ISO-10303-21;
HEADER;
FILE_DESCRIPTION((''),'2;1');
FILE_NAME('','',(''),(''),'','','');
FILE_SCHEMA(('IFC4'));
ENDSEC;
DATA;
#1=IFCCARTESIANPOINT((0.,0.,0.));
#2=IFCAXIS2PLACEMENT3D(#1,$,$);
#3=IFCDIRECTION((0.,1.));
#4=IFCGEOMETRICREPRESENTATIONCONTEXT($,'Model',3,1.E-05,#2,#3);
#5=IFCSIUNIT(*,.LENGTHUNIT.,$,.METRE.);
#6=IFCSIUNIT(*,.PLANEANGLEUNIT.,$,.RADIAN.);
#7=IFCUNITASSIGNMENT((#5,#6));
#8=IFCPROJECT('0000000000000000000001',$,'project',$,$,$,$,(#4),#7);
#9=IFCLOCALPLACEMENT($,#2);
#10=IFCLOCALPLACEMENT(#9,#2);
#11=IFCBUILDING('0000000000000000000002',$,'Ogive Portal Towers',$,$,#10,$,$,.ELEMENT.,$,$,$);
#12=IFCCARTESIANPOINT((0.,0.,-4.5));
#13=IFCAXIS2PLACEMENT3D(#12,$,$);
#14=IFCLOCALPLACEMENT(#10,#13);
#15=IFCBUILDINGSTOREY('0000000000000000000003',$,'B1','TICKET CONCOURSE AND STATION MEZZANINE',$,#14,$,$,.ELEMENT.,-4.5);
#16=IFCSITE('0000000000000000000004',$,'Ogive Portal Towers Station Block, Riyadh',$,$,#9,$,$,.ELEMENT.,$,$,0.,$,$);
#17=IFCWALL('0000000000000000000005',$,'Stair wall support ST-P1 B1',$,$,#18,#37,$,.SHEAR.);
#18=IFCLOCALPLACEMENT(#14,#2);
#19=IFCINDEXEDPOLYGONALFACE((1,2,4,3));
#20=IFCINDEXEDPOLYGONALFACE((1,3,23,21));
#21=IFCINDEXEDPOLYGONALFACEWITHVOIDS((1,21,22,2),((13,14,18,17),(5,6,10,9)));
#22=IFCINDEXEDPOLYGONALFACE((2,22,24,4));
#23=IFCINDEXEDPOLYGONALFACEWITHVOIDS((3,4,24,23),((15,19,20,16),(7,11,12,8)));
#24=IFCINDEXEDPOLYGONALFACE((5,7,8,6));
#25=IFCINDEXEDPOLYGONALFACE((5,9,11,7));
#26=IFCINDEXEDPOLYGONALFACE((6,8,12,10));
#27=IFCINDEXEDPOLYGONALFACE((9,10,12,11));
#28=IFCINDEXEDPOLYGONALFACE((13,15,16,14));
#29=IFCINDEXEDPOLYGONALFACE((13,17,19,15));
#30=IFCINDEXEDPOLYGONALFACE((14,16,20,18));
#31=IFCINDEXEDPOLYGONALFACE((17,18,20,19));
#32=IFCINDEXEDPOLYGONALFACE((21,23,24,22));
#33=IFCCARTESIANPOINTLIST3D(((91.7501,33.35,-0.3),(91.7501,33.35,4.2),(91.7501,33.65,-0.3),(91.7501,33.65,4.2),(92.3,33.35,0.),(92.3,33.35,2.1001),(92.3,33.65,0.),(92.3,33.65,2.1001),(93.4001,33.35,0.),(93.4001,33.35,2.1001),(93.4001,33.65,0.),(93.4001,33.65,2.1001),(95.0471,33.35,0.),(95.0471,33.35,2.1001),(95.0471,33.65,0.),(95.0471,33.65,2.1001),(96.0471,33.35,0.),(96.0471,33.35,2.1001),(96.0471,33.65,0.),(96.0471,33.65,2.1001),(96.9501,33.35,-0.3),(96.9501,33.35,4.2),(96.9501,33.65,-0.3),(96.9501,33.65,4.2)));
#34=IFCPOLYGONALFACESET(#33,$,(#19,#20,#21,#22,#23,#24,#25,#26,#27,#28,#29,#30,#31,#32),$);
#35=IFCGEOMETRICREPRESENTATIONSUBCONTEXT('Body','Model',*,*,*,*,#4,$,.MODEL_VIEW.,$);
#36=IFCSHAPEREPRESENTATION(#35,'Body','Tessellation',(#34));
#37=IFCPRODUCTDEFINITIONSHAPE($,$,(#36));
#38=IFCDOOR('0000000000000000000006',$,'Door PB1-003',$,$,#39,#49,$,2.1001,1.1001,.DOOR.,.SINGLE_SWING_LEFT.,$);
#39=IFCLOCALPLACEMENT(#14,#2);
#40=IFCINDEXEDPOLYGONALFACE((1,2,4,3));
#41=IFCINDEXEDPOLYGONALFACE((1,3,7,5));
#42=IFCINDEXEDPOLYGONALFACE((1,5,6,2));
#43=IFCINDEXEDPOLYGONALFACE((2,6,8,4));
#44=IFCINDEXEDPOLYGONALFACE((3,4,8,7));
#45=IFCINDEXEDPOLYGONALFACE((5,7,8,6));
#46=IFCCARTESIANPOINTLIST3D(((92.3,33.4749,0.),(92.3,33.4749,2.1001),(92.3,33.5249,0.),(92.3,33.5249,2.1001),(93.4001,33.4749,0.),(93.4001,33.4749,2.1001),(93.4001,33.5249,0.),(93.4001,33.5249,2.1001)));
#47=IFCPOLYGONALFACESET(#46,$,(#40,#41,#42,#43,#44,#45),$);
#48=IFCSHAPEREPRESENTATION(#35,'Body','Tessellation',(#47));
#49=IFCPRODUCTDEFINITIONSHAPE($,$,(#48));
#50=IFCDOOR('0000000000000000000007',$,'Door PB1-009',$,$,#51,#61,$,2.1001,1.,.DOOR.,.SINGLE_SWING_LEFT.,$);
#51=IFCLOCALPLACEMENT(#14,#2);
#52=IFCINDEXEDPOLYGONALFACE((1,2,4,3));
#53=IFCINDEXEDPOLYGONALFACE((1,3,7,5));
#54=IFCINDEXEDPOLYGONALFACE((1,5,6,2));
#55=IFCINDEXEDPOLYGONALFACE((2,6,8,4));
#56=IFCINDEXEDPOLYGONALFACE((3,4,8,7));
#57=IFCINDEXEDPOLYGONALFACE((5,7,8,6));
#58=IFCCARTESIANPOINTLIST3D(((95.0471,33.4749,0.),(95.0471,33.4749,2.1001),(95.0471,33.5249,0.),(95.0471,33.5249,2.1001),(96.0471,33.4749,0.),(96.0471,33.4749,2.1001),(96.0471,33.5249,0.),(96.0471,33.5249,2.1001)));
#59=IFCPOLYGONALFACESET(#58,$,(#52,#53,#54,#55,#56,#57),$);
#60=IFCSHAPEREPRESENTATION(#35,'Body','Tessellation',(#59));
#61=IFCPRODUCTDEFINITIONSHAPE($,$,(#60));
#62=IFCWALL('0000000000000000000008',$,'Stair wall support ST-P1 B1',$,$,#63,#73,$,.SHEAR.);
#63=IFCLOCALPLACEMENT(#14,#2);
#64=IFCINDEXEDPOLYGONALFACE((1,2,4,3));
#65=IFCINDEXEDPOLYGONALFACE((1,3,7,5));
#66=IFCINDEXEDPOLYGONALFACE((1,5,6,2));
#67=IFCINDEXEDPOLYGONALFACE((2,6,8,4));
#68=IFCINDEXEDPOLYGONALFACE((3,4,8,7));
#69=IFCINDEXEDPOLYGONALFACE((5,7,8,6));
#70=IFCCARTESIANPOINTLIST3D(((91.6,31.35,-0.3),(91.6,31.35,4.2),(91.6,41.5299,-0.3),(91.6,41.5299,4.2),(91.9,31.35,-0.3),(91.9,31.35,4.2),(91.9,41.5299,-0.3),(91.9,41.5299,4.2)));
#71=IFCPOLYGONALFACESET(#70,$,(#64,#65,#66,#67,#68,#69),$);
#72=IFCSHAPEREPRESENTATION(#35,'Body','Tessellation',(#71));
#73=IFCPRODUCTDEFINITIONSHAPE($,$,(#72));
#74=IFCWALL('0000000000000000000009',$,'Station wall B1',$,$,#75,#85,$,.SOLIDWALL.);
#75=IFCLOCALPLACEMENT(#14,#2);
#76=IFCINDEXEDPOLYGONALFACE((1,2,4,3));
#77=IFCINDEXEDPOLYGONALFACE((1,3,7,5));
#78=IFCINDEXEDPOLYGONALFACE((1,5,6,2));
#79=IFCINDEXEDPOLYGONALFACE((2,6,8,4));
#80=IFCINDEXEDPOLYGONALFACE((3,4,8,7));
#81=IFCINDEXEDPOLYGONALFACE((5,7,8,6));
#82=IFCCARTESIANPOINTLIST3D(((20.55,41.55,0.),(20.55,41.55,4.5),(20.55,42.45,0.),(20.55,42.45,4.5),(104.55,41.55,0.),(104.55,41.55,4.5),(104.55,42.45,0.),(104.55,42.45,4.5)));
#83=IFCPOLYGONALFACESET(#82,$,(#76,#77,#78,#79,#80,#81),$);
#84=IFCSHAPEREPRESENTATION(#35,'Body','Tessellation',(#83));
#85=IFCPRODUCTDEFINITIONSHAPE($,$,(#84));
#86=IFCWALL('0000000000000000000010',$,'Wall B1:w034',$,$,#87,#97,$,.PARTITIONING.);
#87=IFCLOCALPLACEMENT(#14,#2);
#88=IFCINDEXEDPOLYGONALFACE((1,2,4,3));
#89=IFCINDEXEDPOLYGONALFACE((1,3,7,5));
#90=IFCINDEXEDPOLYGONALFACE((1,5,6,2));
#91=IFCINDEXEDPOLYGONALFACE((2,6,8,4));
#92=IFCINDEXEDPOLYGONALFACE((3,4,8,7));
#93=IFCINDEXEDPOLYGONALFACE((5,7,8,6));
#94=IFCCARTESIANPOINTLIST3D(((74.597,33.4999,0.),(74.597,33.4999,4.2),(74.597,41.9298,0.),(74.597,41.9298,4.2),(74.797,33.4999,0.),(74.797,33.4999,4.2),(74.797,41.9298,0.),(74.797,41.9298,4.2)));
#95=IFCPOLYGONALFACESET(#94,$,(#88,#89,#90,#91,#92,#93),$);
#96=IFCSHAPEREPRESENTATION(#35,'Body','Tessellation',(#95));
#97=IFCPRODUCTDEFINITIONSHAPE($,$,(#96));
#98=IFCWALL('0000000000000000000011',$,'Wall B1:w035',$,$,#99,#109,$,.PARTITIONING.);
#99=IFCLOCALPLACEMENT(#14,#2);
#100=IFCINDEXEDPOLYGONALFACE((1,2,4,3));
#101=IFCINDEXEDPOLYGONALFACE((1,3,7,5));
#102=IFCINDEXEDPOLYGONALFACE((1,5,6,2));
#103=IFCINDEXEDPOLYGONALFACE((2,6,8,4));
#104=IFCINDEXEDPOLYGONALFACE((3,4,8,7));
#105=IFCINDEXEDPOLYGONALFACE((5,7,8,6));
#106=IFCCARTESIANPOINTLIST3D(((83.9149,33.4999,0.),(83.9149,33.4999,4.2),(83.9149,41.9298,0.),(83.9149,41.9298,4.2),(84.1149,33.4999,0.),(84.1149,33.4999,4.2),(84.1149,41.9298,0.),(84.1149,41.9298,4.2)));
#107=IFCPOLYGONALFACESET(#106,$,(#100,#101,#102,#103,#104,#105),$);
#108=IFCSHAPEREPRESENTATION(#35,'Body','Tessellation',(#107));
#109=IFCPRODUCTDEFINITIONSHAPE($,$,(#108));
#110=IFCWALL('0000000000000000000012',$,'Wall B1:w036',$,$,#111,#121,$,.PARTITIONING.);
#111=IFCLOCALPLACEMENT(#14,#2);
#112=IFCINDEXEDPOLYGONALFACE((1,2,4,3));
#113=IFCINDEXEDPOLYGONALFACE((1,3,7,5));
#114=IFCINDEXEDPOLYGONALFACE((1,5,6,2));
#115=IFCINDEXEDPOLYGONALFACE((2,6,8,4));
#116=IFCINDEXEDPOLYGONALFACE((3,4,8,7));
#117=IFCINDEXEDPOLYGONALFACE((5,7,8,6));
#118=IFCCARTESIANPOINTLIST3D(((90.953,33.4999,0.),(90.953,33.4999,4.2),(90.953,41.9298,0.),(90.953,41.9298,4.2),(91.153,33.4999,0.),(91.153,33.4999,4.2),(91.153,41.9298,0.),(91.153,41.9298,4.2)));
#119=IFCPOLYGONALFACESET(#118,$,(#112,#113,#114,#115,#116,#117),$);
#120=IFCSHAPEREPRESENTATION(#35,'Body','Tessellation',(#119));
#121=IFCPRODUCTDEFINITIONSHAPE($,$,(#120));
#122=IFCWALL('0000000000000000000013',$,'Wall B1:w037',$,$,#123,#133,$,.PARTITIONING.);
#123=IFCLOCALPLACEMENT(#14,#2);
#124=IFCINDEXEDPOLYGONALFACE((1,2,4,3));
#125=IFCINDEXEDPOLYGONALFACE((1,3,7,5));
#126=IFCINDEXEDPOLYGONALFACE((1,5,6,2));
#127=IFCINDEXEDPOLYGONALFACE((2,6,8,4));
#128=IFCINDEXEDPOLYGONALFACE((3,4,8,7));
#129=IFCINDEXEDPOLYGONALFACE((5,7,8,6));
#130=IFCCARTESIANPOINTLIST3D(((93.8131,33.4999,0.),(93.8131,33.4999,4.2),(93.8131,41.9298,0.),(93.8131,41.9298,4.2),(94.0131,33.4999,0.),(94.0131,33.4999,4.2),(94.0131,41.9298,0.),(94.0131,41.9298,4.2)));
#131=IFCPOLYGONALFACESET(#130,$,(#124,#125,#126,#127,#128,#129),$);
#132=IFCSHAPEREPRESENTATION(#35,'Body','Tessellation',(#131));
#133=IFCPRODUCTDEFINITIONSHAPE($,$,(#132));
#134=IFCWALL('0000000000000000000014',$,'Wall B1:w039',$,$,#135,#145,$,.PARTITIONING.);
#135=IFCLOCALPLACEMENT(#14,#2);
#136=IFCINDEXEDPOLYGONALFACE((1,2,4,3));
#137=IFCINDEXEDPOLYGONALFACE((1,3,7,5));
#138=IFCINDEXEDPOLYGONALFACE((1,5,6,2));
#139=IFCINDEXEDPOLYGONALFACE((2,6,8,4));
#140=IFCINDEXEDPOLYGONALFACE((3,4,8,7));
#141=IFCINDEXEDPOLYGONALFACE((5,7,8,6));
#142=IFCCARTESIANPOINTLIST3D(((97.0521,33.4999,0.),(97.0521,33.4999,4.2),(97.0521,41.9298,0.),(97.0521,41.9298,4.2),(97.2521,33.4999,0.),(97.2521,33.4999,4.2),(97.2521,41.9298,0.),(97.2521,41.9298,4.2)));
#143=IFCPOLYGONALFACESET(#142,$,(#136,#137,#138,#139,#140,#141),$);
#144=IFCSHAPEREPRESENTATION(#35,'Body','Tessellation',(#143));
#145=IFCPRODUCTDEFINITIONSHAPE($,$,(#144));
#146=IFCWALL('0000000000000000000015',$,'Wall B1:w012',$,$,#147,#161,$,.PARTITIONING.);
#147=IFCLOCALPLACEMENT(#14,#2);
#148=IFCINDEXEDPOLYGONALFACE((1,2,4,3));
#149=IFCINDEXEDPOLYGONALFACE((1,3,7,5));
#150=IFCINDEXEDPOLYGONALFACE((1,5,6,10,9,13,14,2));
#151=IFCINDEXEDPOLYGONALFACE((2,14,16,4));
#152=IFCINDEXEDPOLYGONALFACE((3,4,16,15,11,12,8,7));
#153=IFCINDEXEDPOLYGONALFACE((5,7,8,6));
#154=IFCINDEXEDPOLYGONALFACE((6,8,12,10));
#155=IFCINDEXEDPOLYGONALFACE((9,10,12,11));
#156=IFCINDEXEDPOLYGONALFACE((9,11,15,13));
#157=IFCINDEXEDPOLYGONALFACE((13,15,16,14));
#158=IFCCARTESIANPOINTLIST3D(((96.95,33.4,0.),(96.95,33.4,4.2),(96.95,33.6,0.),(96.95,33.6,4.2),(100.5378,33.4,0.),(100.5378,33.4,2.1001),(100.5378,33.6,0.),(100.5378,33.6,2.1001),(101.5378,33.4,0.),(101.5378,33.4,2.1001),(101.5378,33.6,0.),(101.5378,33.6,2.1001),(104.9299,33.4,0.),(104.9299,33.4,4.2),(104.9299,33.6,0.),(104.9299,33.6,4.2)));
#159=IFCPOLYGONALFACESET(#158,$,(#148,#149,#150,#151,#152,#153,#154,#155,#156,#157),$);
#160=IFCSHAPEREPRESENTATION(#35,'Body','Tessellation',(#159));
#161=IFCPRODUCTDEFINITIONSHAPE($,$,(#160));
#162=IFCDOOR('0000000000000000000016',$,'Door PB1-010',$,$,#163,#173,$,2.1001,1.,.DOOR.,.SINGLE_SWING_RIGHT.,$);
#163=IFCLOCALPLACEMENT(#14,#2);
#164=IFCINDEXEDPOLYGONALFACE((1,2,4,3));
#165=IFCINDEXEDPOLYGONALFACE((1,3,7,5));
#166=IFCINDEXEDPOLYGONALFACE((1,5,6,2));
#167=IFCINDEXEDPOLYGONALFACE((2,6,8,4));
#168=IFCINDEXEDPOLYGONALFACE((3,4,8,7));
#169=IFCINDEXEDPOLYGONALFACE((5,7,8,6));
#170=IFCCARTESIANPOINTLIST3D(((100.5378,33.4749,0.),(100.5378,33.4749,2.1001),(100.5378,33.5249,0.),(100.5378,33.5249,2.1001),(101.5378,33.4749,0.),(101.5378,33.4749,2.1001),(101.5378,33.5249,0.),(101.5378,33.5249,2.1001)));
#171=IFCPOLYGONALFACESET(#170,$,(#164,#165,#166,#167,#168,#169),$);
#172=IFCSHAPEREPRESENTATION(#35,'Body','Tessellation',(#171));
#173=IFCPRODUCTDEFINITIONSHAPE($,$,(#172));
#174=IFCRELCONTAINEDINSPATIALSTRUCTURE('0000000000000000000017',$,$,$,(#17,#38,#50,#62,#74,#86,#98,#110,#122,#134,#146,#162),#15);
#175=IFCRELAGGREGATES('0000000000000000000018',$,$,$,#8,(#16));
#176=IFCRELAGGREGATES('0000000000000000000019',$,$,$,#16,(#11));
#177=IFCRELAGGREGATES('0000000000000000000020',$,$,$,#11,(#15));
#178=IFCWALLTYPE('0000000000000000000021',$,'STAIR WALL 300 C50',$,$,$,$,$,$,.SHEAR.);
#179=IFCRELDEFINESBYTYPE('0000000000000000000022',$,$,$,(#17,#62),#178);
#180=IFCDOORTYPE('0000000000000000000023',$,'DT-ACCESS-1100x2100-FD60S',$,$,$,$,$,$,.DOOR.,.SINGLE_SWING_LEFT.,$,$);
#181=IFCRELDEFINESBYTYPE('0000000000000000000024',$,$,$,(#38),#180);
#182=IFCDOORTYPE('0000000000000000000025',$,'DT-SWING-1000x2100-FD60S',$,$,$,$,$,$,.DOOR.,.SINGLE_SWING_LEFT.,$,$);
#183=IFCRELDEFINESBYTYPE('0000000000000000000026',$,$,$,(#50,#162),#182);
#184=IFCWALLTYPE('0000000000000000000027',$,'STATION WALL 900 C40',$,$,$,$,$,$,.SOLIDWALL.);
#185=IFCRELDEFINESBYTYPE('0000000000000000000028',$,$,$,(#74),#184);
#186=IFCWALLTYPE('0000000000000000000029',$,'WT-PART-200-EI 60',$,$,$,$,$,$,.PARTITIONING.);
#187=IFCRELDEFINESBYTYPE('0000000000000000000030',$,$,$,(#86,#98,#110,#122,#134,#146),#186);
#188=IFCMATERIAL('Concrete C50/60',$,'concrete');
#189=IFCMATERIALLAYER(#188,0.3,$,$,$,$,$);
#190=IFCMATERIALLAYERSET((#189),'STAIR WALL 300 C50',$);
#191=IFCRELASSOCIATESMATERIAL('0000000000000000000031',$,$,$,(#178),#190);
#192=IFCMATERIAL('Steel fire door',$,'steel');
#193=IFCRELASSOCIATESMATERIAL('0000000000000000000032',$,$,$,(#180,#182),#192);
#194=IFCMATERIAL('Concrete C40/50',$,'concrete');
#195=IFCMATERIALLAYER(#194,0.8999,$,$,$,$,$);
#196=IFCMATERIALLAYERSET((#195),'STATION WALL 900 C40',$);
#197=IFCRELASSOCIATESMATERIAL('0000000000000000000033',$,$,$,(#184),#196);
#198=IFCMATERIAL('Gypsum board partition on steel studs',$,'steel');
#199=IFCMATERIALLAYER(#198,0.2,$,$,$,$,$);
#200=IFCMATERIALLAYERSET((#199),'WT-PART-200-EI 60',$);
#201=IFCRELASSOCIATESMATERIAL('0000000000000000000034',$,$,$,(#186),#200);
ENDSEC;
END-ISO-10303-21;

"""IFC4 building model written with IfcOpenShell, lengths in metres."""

from ifc_helpers import new_model, si_unit, direction, frame, frame_2d, origin, place, context, subcontext, project, spatial, rectangle, extrude, material, layer, layer_set, type_object, element, fill, save


model = new_model("IFC4")

# Units and contexts
model_context = context("Model", 3, precision=1e-05, world=origin(), true_north=direction((0.0, 1.0)))
body_context = subcontext(model_context, "Body", "Model", "MODEL_VIEW")
ifc_project = project(units=[si_unit("LENGTHUNIT", "METRE"), si_unit("PLANEANGLEUNIT", "RADIAN")], contexts=[model_context])

# Site, building, storey
site_placement = place(None, origin())
site = spatial("IfcSite", under=ifc_project, at=site_placement, Name="Ogive Portal Towers Station Block, Riyadh", CompositionType="ELEMENT", RefElevation=0.0)
building_placement = place(site_placement, origin())
building = spatial("IfcBuilding", under=site, at=building_placement, Name="Ogive Portal Towers", CompositionType="ELEMENT")
storey_placement = place(building_placement, frame((0.0, 0.0, -4.5)))
storey = spatial("IfcBuildingStorey", under=building, at=storey_placement, Name="B1", Description="TICKET CONCOURSE AND STATION MEZZANINE", CompositionType="ELEMENT", Elevation=-4.5)

# Shared definitions
ifc_material_1 = material(Name="Concrete C50/60", Category="concrete")

# Shared definitions
ifc_layer_1 = layer(ifc_material_1, 0.3)
ifc_layer_set_1 = layer_set([ifc_layer_1], Name="STAIR WALL 300 C50")
wall_type_1 = type_object("IfcWallType", Name="STAIR WALL 300 C50", PredefinedType="SHEAR", material=ifc_layer_set_1)

# Wall, openings, doors
wall_1_placement = place(storey_placement, frame((91.75, 33.5, -0.3), z_axis=(0.0, 0.0, 1.0), x_axis=(1.0, 0.0, 0.0)))
wall_1 = element("IfcWall", 1, at=wall_1_placement, inside=storey, type_object=wall_type_1, Name="Stair wall support ST-P1 B1", PredefinedType="SHEAR", context=body_context, shape_type="SweptSolid", body=[
    extrude(rectangle(XDim=5.2, YDim=0.3, at=frame_2d((2.6001, 0.0))), origin(), (0.0, 0.0, 1.0), 4.5),
])
opening_1_placement = place(wall_1_placement, frame((0.55, 0.0, 0.3)))
opening_1 = element("IfcOpeningElement", 2, at=opening_1_placement, cuts=wall_1, PredefinedType="OPENING", context=body_context, shape_type="SweptSolid", body=[
    extrude(rectangle(XDim=1.1001, YDim=2.1001, at=frame_2d((0.55, 1.05))), frame((0.0, 0.1602, 0.0), z_axis=(0.0, -1.0, 0.0), x_axis=(1.0, 0.0, 0.0)), (0.0, 0.0, 1.0), 0.3201),
])
opening_2_placement = place(wall_1_placement, frame((3.2971, 0.0, 0.3)))
opening_2 = element("IfcOpeningElement", 3, at=opening_2_placement, cuts=wall_1, PredefinedType="OPENING", context=body_context, shape_type="SweptSolid", body=[
    extrude(rectangle(XDim=1.0, YDim=2.1001, at=frame_2d((0.5, 1.05))), frame((0.0, 0.1602, 0.0), z_axis=(0.0, -1.0, 0.0), x_axis=(1.0, 0.0, 0.0)), (0.0, 0.0, 1.0), 0.3201),
])
ifc_material_2 = material(Name="Steel fire door", Category="steel")
door_type_1 = type_object("IfcDoorType", Name="DT-ACCESS-1100x2100-FD60S", OperationType="SINGLE_SWING_LEFT", PredefinedType="DOOR", material=ifc_material_2)
door_1_placement = place(opening_1_placement, origin())
door_1 = element("IfcDoor", 4, at=door_1_placement, inside=storey, type_object=door_type_1, Name="Door PB1-003", OperationType="SINGLE_SWING_LEFT", OverallHeight=2.1001, OverallWidth=1.1001, PredefinedType="DOOR", context=body_context, shape_type="SweptSolid", body=[
    extrude(rectangle(XDim=1.1001, YDim=2.1001, at=frame_2d((0.55, 1.05))), frame((0.0, 0.0249, 0.0), z_axis=(0.0, -1.0, 0.0), x_axis=(1.0, 0.0, 0.0)), (0.0, 0.0, 1.0), 0.05),
])
fill(opening_1, door_1)
door_type_2 = type_object("IfcDoorType", Name="DT-SWING-1000x2100-FD60S", OperationType="SINGLE_SWING_LEFT", PredefinedType="DOOR", material=ifc_material_2)
door_2_placement = place(opening_2_placement, origin())
door_2 = element("IfcDoor", 5, at=door_2_placement, inside=storey, type_object=door_type_2, Name="Door PB1-009", OperationType="SINGLE_SWING_LEFT", OverallHeight=2.1001, OverallWidth=1.0, PredefinedType="DOOR", context=body_context, shape_type="SweptSolid", body=[
    extrude(rectangle(XDim=1.0, YDim=2.1001, at=frame_2d((0.5, 1.05))), frame((0.0, 0.0249, 0.0), z_axis=(0.0, -1.0, 0.0), x_axis=(1.0, 0.0, 0.0)), (0.0, 0.0, 1.0), 0.05),
])
fill(opening_2, door_2)

# Walls
wall_2_placement = place(storey_placement, frame((91.75, 31.3501, -0.3), z_axis=(0.0, 0.0, 1.0), x_axis=(0.0, 1.0, 0.0)))
element("IfcWall", 6, at=wall_2_placement, inside=storey, type_object=wall_type_1, Name="Stair wall support ST-P1 B1", PredefinedType="SHEAR", context=body_context, shape_type="SweptSolid", body=[
    extrude(rectangle(XDim=10.1799, YDim=0.3, at=frame_2d((5.0898, 0.0))), origin(), (0.0, 0.0, 1.0), 4.5),
])
ifc_material_3 = material(Name="Concrete C40/50", Category="concrete")
ifc_layer_2 = layer(ifc_material_3, 0.8999)
ifc_layer_set_2 = layer_set([ifc_layer_2], Name="STATION WALL 900 C40")
wall_type_2 = type_object("IfcWallType", Name="STATION WALL 900 C40", PredefinedType="SOLIDWALL", material=ifc_layer_set_2)
wall_3_placement = place(storey_placement, frame((104.55, 42.0, 0.0), z_axis=(0.0, 0.0, 1.0), x_axis=(-1.0, 0.0, 0.0)))
element("IfcWall", 7, at=wall_3_placement, inside=storey, type_object=wall_type_2, Name="Station wall B1", PredefinedType="SOLIDWALL", context=body_context, shape_type="SweptSolid", body=[
    extrude(rectangle(XDim=84.0, YDim=0.8999, at=frame_2d((42.0, 0.0))), origin(), (0.0, 0.0, 1.0), 4.5),
])
ifc_material_4 = material(Name="Gypsum board partition on steel studs", Category="steel")
ifc_layer_3 = layer(ifc_material_4, 0.2)
ifc_layer_set_3 = layer_set([ifc_layer_3], Name="WT-PART-200-EI 60")
wall_type_3 = type_object("IfcWallType", Name="WT-PART-200-EI 60", PredefinedType="PARTITIONING", material=ifc_layer_set_3)
for number, where, z_axis, x_axis, name in (
    (8, (74.697, 33.5, 0.0), (0.0, 0.0, 1.0), (0.0, 1.0, 0.0), "Wall B1:w034"),
    (9, (84.0149, 33.5, 0.0), (0.0, 0.0, 1.0), (0.0, 1.0, 0.0), "Wall B1:w035"),
    (10, (91.053, 33.5, 0.0), (0.0, 0.0, 1.0), (0.0, 1.0, 0.0), "Wall B1:w036"),
    (11, (93.9131, 33.5, 0.0), (0.0, 0.0, 1.0), (0.0, 1.0, 0.0), "Wall B1:w037"),
    (12, (97.1521, 33.5, 0.0), (0.0, 0.0, 1.0), (0.0, 1.0, 0.0), "Wall B1:w039"),
):
    element("IfcWall", number, at=place(storey_placement, frame(where, z_axis=z_axis, x_axis=x_axis)), inside=storey, type_object=wall_type_3, Name=name, PredefinedType="PARTITIONING", context=body_context, shape_type="SweptSolid", body=[
        extrude(rectangle(XDim=8.4299, YDim=0.2, at=frame_2d((4.2148, 0.0))), origin(), (0.0, 0.0, 1.0), 4.2),
    ])

# Wall, opening, door
wall_4_placement = place(storey_placement, frame((96.95, 33.5, 0.0), z_axis=(0.0, 0.0, 1.0), x_axis=(1.0, 0.0, 0.0)))
wall_4 = element("IfcWall", 13, at=wall_4_placement, inside=storey, type_object=wall_type_3, Name="Wall B1:w012", PredefinedType="PARTITIONING", context=body_context, shape_type="SweptSolid", body=[
    extrude(rectangle(XDim=7.98, YDim=0.2, at=frame_2d((3.99, 0.0))), origin(), (0.0, 0.0, 1.0), 4.2),
])
opening_3_placement = place(wall_4_placement, frame((3.5879, 0.0, 0.0)))
opening_3 = element("IfcOpeningElement", 14, at=opening_3_placement, cuts=wall_4, PredefinedType="OPENING", context=body_context, shape_type="SweptSolid", body=[
    extrude(rectangle(XDim=1.0, YDim=2.1001, at=frame_2d((0.5, 1.05))), frame((0.0, 0.1099, 0.0), z_axis=(0.0, -1.0, 0.0), x_axis=(1.0, 0.0, 0.0)), (0.0, 0.0, 1.0), 0.22),
])
door_3_placement = place(opening_3_placement, origin())
door_3 = element("IfcDoor", 15, at=door_3_placement, inside=storey, type_object=door_type_2, Name="Door PB1-010", OperationType="SINGLE_SWING_RIGHT", OverallHeight=2.1001, OverallWidth=1.0, PredefinedType="DOOR", context=body_context, shape_type="SweptSolid", body=[
    extrude(rectangle(XDim=1.0, YDim=2.1001, at=frame_2d((0.5, 1.05))), frame((0.0, 0.0249, 0.0), z_axis=(0.0, -1.0, 0.0), x_axis=(1.0, 0.0, 0.0)), (0.0, 0.0, 1.0), 0.05),
])
fill(opening_3, door_3)

save(model, "model.ifc")
